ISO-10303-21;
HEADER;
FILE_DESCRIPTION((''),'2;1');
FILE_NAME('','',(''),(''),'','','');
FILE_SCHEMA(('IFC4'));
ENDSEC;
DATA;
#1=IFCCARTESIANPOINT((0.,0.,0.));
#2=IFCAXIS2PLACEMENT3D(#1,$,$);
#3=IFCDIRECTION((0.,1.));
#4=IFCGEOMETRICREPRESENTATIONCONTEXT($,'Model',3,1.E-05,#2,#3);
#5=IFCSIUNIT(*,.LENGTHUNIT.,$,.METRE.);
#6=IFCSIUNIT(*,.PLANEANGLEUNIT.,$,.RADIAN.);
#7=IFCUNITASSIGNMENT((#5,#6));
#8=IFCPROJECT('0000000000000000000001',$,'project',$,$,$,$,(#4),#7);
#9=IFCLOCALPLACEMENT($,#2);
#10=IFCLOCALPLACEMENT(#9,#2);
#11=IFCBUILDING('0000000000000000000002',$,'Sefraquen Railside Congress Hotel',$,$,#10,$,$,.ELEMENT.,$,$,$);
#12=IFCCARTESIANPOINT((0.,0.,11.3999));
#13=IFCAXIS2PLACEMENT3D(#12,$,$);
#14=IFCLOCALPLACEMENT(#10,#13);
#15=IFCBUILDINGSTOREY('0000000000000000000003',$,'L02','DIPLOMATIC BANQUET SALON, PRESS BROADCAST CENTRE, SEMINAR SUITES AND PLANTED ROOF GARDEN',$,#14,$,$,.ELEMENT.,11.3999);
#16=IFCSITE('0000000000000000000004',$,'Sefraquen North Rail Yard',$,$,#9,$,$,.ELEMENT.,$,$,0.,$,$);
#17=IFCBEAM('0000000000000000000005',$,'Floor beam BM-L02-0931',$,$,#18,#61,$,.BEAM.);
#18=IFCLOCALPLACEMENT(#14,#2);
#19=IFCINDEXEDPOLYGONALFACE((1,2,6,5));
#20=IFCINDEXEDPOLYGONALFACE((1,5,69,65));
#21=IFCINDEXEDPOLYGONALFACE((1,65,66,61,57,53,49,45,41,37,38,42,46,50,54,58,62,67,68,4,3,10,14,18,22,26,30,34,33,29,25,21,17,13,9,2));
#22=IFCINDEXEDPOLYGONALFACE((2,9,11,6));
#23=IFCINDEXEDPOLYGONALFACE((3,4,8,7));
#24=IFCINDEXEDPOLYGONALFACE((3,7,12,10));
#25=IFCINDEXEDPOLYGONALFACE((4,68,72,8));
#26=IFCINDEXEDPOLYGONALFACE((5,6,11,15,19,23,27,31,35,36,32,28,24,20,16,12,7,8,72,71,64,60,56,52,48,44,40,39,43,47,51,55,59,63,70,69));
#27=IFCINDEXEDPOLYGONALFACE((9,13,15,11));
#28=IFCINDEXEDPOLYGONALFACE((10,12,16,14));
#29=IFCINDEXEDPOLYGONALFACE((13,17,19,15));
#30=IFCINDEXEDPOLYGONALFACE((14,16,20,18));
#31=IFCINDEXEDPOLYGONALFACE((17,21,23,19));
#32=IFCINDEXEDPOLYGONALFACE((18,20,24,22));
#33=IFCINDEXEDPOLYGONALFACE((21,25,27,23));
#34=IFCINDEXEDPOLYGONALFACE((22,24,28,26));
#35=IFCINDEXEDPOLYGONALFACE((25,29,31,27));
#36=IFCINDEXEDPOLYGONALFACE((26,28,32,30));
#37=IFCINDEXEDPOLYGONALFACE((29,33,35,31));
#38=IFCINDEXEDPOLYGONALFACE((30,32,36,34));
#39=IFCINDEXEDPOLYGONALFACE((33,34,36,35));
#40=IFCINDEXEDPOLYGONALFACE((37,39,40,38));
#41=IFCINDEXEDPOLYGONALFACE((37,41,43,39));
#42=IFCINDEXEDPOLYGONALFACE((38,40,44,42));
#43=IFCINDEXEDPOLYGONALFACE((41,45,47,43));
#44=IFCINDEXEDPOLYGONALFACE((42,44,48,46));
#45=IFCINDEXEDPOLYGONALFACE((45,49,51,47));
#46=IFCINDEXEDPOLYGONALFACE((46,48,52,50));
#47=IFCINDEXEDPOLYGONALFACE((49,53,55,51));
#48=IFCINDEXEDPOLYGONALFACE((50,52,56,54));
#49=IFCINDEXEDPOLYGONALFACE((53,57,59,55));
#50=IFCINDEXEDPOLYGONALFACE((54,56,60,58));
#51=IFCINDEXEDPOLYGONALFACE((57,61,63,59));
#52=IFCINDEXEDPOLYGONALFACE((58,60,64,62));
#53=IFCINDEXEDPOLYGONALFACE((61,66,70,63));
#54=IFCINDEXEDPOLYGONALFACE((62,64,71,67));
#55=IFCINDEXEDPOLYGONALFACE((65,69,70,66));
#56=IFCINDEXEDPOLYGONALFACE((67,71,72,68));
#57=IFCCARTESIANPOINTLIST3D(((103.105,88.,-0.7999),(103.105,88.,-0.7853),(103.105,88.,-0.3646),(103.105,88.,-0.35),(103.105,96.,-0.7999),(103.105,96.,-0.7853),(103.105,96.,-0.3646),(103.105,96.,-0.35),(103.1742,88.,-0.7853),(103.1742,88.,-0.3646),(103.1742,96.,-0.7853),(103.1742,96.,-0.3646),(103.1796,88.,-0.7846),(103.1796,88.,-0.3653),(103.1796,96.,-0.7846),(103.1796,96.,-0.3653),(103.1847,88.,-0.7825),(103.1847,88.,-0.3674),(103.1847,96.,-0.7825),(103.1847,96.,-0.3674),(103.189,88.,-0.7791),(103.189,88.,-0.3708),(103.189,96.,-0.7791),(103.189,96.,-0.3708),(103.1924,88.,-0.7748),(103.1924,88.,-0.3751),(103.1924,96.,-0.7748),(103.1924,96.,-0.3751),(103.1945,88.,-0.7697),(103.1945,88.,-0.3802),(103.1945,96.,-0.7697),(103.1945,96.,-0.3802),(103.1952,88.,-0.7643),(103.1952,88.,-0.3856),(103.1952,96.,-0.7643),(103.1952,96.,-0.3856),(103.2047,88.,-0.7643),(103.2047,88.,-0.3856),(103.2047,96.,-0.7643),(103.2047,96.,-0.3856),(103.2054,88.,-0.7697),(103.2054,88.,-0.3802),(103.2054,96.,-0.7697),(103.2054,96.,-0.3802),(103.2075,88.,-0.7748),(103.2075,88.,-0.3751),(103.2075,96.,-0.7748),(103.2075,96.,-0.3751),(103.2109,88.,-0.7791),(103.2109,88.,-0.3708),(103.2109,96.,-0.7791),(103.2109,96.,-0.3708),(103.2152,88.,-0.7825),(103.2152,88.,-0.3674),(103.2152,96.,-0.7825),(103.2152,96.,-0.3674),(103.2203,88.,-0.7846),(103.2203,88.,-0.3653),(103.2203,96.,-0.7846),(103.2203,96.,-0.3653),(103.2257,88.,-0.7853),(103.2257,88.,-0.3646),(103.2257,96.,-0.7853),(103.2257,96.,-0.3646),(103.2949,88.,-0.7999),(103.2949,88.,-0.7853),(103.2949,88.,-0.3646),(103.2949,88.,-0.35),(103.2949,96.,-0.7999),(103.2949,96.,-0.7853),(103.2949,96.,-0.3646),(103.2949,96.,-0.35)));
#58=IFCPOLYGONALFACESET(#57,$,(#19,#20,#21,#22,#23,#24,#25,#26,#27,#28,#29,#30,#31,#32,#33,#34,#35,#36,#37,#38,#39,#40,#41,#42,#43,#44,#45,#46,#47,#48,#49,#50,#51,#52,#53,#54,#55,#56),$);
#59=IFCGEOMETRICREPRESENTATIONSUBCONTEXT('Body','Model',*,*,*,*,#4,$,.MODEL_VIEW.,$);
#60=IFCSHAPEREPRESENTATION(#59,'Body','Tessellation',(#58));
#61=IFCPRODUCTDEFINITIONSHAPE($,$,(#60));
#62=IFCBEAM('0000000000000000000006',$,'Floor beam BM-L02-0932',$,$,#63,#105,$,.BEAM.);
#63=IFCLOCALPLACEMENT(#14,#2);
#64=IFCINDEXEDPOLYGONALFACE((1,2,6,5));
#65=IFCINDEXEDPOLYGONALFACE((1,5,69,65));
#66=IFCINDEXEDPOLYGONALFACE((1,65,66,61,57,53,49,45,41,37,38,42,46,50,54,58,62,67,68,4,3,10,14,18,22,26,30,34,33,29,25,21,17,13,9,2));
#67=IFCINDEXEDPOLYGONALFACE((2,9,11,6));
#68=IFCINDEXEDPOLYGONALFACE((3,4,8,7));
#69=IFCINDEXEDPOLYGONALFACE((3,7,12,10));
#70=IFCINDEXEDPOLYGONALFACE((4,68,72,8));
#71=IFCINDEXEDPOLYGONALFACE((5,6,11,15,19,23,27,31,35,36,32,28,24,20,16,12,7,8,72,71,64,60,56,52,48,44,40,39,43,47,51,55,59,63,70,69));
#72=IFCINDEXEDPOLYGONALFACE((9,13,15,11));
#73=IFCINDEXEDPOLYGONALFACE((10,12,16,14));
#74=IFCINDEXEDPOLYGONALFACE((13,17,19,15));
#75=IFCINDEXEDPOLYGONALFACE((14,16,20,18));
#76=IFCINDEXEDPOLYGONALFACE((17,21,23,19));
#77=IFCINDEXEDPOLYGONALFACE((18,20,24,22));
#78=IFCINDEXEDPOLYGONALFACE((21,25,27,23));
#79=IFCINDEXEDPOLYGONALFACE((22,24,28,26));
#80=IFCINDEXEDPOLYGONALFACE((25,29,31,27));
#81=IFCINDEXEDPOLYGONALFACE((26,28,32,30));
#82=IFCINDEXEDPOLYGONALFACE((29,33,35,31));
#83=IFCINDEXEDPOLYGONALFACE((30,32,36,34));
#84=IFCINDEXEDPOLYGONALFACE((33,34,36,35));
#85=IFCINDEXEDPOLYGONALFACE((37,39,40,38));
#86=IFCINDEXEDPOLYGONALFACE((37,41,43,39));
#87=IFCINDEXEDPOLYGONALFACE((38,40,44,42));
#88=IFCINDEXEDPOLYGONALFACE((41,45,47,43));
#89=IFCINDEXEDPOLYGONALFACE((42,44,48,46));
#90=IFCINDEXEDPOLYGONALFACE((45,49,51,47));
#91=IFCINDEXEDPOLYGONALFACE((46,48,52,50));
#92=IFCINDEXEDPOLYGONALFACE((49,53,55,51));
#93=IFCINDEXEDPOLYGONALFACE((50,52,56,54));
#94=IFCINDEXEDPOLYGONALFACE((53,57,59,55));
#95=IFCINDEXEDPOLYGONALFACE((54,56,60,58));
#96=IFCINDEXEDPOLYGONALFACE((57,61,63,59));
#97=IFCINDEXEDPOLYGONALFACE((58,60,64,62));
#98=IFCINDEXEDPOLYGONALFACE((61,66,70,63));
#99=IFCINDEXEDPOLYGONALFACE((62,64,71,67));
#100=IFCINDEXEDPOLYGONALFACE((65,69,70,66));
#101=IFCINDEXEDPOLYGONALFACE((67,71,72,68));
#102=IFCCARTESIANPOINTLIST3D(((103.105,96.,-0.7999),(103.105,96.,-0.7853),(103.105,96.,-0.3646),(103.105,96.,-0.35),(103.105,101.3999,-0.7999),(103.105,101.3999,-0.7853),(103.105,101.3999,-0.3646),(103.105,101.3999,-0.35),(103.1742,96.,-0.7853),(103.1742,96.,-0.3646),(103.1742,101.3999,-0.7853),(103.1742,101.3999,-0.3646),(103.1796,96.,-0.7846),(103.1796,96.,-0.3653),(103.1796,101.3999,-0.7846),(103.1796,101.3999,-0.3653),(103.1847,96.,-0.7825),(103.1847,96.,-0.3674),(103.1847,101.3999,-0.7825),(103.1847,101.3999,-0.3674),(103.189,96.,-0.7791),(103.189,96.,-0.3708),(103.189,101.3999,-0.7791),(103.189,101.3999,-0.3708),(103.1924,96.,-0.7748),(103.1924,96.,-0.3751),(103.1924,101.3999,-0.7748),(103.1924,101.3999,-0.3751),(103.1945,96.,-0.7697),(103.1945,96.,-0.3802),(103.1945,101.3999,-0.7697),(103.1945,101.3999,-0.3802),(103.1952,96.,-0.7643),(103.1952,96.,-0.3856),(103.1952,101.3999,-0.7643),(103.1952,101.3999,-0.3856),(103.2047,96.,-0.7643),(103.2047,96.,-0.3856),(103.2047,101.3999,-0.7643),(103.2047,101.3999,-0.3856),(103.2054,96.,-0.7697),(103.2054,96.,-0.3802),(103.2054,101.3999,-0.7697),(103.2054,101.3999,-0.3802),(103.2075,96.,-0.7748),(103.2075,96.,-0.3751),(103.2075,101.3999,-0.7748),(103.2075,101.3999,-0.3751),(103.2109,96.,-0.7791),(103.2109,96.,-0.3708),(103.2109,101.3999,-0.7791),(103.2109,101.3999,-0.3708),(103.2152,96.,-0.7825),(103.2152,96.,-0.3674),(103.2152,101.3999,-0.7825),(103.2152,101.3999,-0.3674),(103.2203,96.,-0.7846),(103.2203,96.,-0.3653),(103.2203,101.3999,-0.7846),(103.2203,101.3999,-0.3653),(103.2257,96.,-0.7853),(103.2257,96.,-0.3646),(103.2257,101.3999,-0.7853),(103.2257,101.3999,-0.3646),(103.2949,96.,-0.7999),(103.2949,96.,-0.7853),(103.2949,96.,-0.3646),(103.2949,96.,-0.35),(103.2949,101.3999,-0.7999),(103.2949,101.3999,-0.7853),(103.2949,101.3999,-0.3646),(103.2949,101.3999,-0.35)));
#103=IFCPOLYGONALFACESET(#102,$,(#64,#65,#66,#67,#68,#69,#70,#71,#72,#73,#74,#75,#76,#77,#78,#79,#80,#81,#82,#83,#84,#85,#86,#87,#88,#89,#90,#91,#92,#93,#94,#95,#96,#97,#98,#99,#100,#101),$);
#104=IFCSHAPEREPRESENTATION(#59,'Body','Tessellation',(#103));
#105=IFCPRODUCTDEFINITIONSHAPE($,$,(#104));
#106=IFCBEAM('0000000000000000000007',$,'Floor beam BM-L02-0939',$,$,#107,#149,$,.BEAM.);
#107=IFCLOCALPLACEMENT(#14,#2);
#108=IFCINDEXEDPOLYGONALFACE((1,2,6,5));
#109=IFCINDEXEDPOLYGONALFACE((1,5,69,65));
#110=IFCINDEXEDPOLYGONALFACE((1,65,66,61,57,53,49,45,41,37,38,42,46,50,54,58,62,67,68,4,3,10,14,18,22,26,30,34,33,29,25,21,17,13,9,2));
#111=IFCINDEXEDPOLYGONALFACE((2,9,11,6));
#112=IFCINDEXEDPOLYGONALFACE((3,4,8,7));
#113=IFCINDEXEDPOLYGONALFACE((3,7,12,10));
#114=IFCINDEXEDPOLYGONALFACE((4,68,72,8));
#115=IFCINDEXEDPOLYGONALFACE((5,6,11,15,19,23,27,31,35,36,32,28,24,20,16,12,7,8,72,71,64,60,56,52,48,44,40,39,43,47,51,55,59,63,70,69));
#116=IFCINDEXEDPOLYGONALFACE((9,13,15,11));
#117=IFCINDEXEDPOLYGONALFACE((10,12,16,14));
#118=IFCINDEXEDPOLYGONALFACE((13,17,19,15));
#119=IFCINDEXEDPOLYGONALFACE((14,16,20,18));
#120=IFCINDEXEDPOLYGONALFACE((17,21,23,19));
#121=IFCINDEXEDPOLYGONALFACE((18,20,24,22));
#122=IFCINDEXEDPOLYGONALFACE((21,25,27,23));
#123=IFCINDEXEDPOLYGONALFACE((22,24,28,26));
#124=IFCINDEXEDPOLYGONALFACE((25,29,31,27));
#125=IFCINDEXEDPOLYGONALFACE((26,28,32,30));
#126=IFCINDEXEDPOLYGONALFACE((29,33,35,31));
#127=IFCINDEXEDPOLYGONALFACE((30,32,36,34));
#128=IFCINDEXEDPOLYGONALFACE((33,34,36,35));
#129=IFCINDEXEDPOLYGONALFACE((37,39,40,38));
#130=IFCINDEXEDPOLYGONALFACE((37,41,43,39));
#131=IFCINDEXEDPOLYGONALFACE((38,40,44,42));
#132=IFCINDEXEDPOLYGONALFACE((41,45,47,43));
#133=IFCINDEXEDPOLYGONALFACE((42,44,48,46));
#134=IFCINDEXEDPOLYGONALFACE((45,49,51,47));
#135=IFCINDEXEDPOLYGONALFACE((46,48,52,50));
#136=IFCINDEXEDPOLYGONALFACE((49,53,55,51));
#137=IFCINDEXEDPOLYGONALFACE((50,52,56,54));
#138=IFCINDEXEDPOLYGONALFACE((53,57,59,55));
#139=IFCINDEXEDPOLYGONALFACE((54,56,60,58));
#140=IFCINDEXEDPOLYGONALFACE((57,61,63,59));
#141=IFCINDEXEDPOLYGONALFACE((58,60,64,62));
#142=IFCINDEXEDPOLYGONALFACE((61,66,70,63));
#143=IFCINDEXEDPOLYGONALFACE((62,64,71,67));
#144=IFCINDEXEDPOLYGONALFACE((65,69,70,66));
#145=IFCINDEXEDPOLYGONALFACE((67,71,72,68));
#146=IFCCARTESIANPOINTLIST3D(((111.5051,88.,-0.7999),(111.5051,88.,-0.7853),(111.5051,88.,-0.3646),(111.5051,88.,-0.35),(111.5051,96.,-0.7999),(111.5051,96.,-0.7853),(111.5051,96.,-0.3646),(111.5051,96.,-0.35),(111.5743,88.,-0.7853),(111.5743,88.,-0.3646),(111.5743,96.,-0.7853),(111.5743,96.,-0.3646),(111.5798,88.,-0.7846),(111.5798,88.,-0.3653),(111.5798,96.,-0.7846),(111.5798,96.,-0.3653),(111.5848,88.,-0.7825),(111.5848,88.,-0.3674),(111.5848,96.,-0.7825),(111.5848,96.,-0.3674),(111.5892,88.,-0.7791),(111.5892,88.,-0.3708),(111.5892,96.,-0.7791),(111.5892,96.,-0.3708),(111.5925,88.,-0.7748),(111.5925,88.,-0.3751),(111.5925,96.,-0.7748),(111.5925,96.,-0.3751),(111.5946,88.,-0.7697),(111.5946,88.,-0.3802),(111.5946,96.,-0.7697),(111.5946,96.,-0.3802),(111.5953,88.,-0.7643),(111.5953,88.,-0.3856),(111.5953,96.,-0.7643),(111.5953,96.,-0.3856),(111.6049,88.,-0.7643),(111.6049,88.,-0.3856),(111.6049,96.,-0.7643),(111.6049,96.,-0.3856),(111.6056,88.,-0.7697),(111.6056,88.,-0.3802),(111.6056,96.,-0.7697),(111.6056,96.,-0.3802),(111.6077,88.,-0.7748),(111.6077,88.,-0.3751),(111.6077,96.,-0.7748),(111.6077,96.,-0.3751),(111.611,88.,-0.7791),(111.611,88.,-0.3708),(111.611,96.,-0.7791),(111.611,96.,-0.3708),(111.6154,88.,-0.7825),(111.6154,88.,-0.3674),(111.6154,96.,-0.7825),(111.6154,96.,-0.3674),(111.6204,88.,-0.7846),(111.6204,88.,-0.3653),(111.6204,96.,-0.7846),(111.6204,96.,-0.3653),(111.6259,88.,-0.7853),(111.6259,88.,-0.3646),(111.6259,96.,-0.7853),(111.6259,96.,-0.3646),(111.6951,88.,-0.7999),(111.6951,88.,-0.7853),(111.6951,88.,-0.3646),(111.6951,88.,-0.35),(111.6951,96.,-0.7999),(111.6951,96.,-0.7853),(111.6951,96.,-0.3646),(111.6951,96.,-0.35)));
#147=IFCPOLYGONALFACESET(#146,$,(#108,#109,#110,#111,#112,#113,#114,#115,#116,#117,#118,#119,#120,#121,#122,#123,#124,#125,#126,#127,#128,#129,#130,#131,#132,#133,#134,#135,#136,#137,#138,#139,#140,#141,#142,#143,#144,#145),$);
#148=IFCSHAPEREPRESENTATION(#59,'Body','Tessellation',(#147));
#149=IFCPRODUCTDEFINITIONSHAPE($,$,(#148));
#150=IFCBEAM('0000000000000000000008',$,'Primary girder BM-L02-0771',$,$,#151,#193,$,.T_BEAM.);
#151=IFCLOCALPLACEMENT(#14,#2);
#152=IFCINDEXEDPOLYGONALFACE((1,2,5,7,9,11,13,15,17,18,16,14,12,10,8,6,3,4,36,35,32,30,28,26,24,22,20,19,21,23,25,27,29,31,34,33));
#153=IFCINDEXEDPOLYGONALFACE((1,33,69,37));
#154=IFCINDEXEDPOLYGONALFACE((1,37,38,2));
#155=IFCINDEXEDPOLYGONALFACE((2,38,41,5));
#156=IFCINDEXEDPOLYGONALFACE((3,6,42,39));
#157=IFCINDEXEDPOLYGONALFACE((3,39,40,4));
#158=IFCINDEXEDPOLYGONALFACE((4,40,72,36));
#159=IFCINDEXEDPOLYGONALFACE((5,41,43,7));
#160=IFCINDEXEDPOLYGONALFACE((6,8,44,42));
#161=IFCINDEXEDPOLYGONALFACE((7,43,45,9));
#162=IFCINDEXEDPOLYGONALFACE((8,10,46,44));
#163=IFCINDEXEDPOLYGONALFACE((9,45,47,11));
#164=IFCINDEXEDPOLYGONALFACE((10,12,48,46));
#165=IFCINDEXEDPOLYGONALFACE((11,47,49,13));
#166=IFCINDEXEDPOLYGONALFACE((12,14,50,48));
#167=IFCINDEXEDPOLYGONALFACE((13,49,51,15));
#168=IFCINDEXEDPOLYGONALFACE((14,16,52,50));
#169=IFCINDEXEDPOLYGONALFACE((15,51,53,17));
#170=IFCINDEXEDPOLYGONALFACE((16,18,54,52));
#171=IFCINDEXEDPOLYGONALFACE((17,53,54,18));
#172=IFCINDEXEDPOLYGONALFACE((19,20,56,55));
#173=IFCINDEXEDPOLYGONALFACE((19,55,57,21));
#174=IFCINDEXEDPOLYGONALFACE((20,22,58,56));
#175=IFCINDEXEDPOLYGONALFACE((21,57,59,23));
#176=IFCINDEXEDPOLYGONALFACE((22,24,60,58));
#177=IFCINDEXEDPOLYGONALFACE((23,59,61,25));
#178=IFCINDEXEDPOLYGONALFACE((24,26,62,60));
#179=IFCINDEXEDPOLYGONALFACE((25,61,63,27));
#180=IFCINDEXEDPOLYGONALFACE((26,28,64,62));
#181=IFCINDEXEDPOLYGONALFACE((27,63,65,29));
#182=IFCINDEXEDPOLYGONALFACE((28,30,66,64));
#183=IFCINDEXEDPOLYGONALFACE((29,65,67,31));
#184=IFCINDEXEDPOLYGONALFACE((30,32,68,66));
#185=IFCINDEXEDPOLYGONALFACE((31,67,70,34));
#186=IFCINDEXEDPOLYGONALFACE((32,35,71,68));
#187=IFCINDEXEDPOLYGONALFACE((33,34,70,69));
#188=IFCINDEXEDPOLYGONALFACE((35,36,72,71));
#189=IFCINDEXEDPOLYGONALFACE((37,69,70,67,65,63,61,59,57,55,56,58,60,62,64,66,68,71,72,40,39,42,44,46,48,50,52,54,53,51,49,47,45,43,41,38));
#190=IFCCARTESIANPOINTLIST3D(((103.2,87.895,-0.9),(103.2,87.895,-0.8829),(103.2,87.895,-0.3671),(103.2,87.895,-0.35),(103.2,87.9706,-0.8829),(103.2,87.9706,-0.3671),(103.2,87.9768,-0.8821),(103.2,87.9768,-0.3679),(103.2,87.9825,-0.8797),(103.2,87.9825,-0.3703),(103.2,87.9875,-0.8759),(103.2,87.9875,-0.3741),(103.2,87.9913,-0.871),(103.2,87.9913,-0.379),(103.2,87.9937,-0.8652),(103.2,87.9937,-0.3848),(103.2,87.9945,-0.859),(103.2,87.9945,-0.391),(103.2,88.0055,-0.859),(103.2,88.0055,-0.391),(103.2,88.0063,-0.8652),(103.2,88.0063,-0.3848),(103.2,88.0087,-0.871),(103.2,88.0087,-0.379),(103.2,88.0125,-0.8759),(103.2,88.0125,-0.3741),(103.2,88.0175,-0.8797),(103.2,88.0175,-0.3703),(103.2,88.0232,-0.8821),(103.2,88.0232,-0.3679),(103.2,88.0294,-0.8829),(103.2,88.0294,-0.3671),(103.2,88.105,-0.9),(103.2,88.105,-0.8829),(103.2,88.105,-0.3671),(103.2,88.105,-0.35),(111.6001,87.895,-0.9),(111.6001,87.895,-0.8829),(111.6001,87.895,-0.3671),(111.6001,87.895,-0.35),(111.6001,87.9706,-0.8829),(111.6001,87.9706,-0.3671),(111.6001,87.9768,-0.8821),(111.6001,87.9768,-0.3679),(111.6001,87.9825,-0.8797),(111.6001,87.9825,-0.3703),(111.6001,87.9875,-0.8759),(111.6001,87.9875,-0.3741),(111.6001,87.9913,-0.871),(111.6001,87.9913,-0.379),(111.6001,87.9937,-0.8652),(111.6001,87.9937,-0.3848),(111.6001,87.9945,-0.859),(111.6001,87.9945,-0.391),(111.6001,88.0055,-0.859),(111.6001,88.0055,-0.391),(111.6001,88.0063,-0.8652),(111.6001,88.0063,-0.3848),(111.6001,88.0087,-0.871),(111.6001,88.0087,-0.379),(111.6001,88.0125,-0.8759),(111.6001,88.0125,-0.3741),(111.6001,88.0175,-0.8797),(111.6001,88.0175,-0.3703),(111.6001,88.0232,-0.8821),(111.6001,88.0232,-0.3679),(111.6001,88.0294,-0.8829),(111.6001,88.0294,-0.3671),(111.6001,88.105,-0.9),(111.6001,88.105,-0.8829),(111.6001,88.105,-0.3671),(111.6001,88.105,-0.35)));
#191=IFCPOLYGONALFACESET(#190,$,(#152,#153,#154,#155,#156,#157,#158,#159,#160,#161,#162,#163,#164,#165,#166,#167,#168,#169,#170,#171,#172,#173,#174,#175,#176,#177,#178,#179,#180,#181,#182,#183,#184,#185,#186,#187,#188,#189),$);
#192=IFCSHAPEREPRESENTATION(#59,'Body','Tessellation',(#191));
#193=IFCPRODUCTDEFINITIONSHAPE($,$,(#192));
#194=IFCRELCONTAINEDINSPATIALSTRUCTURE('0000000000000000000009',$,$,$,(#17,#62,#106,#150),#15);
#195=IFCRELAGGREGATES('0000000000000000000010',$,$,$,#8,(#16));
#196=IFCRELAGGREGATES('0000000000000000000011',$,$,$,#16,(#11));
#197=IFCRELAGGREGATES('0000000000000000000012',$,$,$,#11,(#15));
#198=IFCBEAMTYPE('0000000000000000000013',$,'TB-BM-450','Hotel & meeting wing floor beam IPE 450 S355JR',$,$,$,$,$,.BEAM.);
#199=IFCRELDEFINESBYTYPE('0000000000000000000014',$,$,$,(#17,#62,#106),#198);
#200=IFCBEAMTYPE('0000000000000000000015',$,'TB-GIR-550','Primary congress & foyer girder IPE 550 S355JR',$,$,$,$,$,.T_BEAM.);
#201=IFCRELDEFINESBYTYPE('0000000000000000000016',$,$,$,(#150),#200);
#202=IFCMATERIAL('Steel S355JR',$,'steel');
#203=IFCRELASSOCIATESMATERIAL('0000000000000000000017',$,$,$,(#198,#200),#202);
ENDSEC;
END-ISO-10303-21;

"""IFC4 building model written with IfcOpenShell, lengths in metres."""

from ifc_helpers import new_model, si_unit, direction, frame, origin, origin_2d, place, context, subcontext, project, spatial, i_section, extrude, material, material_profile, profile_set, type_object, element, save


model = new_model("IFC4")

# Units and contexts
model_context = context("Model", 3, precision=1e-05, world=origin(), true_north=direction((0.0, 1.0)))
body_context = subcontext(model_context, "Body", "Model", "MODEL_VIEW")
ifc_project = project(units=[si_unit("LENGTHUNIT", "METRE"), si_unit("PLANEANGLEUNIT", "RADIAN")], contexts=[model_context])

# Site, building, storey
site_placement = place(None, origin())
site = spatial("IfcSite", under=ifc_project, at=site_placement, Name="Sefraquen North Rail Yard", CompositionType="ELEMENT", RefElevation=0.0)
building_placement = place(site_placement, origin())
building = spatial("IfcBuilding", under=site, at=building_placement, Name="Sefraquen Railside Congress Hotel", CompositionType="ELEMENT")
storey_placement = place(building_placement, frame((0.0, 0.0, 11.3999)))
storey = spatial("IfcBuildingStorey", under=building, at=storey_placement, Name="L02", Description="DIPLOMATIC BANQUET SALON, PRESS BROADCAST CENTRE, SEMINAR SUITES AND PLANTED ROOF GARDEN", CompositionType="ELEMENT", Elevation=11.3999)

# Shared definitions
ifc_material_1 = material(Name="Steel S355JR", Category="steel")

# Beams
ifc_material_profile_1 = material_profile(ifc_material_1, i_section(OverallWidth=0.1899, OverallDepth=0.45, WebThickness=0.0095, FlangeThickness=0.0146, FilletRadius=0.021, at=origin_2d()), Name="IPE 450")
ifc_profile_set_1 = profile_set([ifc_material_profile_1], Name="Steel S355JR")
beam_type_1 = type_object("IfcBeamType", Name="TB-BM-450", Description="Hotel & meeting wing floor beam IPE 450 S355JR", PredefinedType="BEAM", material=ifc_profile_set_1)
beam_1_placement = place(storey_placement, frame((103.2, 88.0, -0.575), z_axis=(0.0, 1.0, 0.0), x_axis=(-1.0, 0.0, 0.0)))
element("IfcBeam", 1, at=beam_1_placement, inside=storey, type_object=beam_type_1, Name="Floor beam BM-L02-0931", PredefinedType="BEAM", context=body_context, shape_type="SweptSolid", body=[
    extrude(i_section(OverallWidth=0.1899, OverallDepth=0.45, WebThickness=0.0095, FlangeThickness=0.0146, FilletRadius=0.021, at=origin_2d()), origin(), (0.0, 0.0, 1.0), 8.0),
])
beam_2_placement = place(storey_placement, frame((103.2, 96.0, -0.575), z_axis=(0.0, 1.0, 0.0), x_axis=(-1.0, 0.0, 0.0)))
element("IfcBeam", 2, at=beam_2_placement, inside=storey, type_object=beam_type_1, Name="Floor beam BM-L02-0932", PredefinedType="BEAM", context=body_context, shape_type="SweptSolid", body=[
    extrude(i_section(OverallWidth=0.1899, OverallDepth=0.45, WebThickness=0.0095, FlangeThickness=0.0146, FilletRadius=0.021, at=origin_2d()), origin(), (0.0, 0.0, 1.0), 5.3999),
])
beam_3_placement = place(storey_placement, frame((111.6001, 88.0, -0.575), z_axis=(0.0, 1.0, 0.0), x_axis=(-1.0, 0.0, 0.0)))
element("IfcBeam", 3, at=beam_3_placement, inside=storey, type_object=beam_type_1, Name="Floor beam BM-L02-0939", PredefinedType="BEAM", context=body_context, shape_type="SweptSolid", body=[
    extrude(i_section(OverallWidth=0.1899, OverallDepth=0.45, WebThickness=0.0095, FlangeThickness=0.0146, FilletRadius=0.021, at=origin_2d()), origin(), (0.0, 0.0, 1.0), 8.0),
])
ifc_material_profile_2 = material_profile(ifc_material_1, i_section(OverallWidth=0.21, OverallDepth=0.55, WebThickness=0.011, FlangeThickness=0.0171, FilletRadius=0.0239, at=origin_2d()), Name="IPE 550")
ifc_profile_set_2 = profile_set([ifc_material_profile_2], Name="Steel S355JR")
beam_type_2 = type_object("IfcBeamType", Name="TB-GIR-550", Description="Primary congress & foyer girder IPE 550 S355JR", PredefinedType="T_BEAM", material=ifc_profile_set_2)
beam_4_placement = place(storey_placement, frame((103.2, 88.0, -0.625), z_axis=(1.0, 0.0, 0.0), x_axis=(0.0, 1.0, 0.0)))
element("IfcBeam", 4, at=beam_4_placement, inside=storey, type_object=beam_type_2, Name="Primary girder BM-L02-0771", PredefinedType="T_BEAM", context=body_context, shape_type="SweptSolid", body=[
    extrude(i_section(OverallWidth=0.21, OverallDepth=0.55, WebThickness=0.011, FlangeThickness=0.0171, FilletRadius=0.0239, at=origin_2d()), origin(), (0.0, 0.0, 1.0), 8.4001),
])

save(model, "model.ifc")
